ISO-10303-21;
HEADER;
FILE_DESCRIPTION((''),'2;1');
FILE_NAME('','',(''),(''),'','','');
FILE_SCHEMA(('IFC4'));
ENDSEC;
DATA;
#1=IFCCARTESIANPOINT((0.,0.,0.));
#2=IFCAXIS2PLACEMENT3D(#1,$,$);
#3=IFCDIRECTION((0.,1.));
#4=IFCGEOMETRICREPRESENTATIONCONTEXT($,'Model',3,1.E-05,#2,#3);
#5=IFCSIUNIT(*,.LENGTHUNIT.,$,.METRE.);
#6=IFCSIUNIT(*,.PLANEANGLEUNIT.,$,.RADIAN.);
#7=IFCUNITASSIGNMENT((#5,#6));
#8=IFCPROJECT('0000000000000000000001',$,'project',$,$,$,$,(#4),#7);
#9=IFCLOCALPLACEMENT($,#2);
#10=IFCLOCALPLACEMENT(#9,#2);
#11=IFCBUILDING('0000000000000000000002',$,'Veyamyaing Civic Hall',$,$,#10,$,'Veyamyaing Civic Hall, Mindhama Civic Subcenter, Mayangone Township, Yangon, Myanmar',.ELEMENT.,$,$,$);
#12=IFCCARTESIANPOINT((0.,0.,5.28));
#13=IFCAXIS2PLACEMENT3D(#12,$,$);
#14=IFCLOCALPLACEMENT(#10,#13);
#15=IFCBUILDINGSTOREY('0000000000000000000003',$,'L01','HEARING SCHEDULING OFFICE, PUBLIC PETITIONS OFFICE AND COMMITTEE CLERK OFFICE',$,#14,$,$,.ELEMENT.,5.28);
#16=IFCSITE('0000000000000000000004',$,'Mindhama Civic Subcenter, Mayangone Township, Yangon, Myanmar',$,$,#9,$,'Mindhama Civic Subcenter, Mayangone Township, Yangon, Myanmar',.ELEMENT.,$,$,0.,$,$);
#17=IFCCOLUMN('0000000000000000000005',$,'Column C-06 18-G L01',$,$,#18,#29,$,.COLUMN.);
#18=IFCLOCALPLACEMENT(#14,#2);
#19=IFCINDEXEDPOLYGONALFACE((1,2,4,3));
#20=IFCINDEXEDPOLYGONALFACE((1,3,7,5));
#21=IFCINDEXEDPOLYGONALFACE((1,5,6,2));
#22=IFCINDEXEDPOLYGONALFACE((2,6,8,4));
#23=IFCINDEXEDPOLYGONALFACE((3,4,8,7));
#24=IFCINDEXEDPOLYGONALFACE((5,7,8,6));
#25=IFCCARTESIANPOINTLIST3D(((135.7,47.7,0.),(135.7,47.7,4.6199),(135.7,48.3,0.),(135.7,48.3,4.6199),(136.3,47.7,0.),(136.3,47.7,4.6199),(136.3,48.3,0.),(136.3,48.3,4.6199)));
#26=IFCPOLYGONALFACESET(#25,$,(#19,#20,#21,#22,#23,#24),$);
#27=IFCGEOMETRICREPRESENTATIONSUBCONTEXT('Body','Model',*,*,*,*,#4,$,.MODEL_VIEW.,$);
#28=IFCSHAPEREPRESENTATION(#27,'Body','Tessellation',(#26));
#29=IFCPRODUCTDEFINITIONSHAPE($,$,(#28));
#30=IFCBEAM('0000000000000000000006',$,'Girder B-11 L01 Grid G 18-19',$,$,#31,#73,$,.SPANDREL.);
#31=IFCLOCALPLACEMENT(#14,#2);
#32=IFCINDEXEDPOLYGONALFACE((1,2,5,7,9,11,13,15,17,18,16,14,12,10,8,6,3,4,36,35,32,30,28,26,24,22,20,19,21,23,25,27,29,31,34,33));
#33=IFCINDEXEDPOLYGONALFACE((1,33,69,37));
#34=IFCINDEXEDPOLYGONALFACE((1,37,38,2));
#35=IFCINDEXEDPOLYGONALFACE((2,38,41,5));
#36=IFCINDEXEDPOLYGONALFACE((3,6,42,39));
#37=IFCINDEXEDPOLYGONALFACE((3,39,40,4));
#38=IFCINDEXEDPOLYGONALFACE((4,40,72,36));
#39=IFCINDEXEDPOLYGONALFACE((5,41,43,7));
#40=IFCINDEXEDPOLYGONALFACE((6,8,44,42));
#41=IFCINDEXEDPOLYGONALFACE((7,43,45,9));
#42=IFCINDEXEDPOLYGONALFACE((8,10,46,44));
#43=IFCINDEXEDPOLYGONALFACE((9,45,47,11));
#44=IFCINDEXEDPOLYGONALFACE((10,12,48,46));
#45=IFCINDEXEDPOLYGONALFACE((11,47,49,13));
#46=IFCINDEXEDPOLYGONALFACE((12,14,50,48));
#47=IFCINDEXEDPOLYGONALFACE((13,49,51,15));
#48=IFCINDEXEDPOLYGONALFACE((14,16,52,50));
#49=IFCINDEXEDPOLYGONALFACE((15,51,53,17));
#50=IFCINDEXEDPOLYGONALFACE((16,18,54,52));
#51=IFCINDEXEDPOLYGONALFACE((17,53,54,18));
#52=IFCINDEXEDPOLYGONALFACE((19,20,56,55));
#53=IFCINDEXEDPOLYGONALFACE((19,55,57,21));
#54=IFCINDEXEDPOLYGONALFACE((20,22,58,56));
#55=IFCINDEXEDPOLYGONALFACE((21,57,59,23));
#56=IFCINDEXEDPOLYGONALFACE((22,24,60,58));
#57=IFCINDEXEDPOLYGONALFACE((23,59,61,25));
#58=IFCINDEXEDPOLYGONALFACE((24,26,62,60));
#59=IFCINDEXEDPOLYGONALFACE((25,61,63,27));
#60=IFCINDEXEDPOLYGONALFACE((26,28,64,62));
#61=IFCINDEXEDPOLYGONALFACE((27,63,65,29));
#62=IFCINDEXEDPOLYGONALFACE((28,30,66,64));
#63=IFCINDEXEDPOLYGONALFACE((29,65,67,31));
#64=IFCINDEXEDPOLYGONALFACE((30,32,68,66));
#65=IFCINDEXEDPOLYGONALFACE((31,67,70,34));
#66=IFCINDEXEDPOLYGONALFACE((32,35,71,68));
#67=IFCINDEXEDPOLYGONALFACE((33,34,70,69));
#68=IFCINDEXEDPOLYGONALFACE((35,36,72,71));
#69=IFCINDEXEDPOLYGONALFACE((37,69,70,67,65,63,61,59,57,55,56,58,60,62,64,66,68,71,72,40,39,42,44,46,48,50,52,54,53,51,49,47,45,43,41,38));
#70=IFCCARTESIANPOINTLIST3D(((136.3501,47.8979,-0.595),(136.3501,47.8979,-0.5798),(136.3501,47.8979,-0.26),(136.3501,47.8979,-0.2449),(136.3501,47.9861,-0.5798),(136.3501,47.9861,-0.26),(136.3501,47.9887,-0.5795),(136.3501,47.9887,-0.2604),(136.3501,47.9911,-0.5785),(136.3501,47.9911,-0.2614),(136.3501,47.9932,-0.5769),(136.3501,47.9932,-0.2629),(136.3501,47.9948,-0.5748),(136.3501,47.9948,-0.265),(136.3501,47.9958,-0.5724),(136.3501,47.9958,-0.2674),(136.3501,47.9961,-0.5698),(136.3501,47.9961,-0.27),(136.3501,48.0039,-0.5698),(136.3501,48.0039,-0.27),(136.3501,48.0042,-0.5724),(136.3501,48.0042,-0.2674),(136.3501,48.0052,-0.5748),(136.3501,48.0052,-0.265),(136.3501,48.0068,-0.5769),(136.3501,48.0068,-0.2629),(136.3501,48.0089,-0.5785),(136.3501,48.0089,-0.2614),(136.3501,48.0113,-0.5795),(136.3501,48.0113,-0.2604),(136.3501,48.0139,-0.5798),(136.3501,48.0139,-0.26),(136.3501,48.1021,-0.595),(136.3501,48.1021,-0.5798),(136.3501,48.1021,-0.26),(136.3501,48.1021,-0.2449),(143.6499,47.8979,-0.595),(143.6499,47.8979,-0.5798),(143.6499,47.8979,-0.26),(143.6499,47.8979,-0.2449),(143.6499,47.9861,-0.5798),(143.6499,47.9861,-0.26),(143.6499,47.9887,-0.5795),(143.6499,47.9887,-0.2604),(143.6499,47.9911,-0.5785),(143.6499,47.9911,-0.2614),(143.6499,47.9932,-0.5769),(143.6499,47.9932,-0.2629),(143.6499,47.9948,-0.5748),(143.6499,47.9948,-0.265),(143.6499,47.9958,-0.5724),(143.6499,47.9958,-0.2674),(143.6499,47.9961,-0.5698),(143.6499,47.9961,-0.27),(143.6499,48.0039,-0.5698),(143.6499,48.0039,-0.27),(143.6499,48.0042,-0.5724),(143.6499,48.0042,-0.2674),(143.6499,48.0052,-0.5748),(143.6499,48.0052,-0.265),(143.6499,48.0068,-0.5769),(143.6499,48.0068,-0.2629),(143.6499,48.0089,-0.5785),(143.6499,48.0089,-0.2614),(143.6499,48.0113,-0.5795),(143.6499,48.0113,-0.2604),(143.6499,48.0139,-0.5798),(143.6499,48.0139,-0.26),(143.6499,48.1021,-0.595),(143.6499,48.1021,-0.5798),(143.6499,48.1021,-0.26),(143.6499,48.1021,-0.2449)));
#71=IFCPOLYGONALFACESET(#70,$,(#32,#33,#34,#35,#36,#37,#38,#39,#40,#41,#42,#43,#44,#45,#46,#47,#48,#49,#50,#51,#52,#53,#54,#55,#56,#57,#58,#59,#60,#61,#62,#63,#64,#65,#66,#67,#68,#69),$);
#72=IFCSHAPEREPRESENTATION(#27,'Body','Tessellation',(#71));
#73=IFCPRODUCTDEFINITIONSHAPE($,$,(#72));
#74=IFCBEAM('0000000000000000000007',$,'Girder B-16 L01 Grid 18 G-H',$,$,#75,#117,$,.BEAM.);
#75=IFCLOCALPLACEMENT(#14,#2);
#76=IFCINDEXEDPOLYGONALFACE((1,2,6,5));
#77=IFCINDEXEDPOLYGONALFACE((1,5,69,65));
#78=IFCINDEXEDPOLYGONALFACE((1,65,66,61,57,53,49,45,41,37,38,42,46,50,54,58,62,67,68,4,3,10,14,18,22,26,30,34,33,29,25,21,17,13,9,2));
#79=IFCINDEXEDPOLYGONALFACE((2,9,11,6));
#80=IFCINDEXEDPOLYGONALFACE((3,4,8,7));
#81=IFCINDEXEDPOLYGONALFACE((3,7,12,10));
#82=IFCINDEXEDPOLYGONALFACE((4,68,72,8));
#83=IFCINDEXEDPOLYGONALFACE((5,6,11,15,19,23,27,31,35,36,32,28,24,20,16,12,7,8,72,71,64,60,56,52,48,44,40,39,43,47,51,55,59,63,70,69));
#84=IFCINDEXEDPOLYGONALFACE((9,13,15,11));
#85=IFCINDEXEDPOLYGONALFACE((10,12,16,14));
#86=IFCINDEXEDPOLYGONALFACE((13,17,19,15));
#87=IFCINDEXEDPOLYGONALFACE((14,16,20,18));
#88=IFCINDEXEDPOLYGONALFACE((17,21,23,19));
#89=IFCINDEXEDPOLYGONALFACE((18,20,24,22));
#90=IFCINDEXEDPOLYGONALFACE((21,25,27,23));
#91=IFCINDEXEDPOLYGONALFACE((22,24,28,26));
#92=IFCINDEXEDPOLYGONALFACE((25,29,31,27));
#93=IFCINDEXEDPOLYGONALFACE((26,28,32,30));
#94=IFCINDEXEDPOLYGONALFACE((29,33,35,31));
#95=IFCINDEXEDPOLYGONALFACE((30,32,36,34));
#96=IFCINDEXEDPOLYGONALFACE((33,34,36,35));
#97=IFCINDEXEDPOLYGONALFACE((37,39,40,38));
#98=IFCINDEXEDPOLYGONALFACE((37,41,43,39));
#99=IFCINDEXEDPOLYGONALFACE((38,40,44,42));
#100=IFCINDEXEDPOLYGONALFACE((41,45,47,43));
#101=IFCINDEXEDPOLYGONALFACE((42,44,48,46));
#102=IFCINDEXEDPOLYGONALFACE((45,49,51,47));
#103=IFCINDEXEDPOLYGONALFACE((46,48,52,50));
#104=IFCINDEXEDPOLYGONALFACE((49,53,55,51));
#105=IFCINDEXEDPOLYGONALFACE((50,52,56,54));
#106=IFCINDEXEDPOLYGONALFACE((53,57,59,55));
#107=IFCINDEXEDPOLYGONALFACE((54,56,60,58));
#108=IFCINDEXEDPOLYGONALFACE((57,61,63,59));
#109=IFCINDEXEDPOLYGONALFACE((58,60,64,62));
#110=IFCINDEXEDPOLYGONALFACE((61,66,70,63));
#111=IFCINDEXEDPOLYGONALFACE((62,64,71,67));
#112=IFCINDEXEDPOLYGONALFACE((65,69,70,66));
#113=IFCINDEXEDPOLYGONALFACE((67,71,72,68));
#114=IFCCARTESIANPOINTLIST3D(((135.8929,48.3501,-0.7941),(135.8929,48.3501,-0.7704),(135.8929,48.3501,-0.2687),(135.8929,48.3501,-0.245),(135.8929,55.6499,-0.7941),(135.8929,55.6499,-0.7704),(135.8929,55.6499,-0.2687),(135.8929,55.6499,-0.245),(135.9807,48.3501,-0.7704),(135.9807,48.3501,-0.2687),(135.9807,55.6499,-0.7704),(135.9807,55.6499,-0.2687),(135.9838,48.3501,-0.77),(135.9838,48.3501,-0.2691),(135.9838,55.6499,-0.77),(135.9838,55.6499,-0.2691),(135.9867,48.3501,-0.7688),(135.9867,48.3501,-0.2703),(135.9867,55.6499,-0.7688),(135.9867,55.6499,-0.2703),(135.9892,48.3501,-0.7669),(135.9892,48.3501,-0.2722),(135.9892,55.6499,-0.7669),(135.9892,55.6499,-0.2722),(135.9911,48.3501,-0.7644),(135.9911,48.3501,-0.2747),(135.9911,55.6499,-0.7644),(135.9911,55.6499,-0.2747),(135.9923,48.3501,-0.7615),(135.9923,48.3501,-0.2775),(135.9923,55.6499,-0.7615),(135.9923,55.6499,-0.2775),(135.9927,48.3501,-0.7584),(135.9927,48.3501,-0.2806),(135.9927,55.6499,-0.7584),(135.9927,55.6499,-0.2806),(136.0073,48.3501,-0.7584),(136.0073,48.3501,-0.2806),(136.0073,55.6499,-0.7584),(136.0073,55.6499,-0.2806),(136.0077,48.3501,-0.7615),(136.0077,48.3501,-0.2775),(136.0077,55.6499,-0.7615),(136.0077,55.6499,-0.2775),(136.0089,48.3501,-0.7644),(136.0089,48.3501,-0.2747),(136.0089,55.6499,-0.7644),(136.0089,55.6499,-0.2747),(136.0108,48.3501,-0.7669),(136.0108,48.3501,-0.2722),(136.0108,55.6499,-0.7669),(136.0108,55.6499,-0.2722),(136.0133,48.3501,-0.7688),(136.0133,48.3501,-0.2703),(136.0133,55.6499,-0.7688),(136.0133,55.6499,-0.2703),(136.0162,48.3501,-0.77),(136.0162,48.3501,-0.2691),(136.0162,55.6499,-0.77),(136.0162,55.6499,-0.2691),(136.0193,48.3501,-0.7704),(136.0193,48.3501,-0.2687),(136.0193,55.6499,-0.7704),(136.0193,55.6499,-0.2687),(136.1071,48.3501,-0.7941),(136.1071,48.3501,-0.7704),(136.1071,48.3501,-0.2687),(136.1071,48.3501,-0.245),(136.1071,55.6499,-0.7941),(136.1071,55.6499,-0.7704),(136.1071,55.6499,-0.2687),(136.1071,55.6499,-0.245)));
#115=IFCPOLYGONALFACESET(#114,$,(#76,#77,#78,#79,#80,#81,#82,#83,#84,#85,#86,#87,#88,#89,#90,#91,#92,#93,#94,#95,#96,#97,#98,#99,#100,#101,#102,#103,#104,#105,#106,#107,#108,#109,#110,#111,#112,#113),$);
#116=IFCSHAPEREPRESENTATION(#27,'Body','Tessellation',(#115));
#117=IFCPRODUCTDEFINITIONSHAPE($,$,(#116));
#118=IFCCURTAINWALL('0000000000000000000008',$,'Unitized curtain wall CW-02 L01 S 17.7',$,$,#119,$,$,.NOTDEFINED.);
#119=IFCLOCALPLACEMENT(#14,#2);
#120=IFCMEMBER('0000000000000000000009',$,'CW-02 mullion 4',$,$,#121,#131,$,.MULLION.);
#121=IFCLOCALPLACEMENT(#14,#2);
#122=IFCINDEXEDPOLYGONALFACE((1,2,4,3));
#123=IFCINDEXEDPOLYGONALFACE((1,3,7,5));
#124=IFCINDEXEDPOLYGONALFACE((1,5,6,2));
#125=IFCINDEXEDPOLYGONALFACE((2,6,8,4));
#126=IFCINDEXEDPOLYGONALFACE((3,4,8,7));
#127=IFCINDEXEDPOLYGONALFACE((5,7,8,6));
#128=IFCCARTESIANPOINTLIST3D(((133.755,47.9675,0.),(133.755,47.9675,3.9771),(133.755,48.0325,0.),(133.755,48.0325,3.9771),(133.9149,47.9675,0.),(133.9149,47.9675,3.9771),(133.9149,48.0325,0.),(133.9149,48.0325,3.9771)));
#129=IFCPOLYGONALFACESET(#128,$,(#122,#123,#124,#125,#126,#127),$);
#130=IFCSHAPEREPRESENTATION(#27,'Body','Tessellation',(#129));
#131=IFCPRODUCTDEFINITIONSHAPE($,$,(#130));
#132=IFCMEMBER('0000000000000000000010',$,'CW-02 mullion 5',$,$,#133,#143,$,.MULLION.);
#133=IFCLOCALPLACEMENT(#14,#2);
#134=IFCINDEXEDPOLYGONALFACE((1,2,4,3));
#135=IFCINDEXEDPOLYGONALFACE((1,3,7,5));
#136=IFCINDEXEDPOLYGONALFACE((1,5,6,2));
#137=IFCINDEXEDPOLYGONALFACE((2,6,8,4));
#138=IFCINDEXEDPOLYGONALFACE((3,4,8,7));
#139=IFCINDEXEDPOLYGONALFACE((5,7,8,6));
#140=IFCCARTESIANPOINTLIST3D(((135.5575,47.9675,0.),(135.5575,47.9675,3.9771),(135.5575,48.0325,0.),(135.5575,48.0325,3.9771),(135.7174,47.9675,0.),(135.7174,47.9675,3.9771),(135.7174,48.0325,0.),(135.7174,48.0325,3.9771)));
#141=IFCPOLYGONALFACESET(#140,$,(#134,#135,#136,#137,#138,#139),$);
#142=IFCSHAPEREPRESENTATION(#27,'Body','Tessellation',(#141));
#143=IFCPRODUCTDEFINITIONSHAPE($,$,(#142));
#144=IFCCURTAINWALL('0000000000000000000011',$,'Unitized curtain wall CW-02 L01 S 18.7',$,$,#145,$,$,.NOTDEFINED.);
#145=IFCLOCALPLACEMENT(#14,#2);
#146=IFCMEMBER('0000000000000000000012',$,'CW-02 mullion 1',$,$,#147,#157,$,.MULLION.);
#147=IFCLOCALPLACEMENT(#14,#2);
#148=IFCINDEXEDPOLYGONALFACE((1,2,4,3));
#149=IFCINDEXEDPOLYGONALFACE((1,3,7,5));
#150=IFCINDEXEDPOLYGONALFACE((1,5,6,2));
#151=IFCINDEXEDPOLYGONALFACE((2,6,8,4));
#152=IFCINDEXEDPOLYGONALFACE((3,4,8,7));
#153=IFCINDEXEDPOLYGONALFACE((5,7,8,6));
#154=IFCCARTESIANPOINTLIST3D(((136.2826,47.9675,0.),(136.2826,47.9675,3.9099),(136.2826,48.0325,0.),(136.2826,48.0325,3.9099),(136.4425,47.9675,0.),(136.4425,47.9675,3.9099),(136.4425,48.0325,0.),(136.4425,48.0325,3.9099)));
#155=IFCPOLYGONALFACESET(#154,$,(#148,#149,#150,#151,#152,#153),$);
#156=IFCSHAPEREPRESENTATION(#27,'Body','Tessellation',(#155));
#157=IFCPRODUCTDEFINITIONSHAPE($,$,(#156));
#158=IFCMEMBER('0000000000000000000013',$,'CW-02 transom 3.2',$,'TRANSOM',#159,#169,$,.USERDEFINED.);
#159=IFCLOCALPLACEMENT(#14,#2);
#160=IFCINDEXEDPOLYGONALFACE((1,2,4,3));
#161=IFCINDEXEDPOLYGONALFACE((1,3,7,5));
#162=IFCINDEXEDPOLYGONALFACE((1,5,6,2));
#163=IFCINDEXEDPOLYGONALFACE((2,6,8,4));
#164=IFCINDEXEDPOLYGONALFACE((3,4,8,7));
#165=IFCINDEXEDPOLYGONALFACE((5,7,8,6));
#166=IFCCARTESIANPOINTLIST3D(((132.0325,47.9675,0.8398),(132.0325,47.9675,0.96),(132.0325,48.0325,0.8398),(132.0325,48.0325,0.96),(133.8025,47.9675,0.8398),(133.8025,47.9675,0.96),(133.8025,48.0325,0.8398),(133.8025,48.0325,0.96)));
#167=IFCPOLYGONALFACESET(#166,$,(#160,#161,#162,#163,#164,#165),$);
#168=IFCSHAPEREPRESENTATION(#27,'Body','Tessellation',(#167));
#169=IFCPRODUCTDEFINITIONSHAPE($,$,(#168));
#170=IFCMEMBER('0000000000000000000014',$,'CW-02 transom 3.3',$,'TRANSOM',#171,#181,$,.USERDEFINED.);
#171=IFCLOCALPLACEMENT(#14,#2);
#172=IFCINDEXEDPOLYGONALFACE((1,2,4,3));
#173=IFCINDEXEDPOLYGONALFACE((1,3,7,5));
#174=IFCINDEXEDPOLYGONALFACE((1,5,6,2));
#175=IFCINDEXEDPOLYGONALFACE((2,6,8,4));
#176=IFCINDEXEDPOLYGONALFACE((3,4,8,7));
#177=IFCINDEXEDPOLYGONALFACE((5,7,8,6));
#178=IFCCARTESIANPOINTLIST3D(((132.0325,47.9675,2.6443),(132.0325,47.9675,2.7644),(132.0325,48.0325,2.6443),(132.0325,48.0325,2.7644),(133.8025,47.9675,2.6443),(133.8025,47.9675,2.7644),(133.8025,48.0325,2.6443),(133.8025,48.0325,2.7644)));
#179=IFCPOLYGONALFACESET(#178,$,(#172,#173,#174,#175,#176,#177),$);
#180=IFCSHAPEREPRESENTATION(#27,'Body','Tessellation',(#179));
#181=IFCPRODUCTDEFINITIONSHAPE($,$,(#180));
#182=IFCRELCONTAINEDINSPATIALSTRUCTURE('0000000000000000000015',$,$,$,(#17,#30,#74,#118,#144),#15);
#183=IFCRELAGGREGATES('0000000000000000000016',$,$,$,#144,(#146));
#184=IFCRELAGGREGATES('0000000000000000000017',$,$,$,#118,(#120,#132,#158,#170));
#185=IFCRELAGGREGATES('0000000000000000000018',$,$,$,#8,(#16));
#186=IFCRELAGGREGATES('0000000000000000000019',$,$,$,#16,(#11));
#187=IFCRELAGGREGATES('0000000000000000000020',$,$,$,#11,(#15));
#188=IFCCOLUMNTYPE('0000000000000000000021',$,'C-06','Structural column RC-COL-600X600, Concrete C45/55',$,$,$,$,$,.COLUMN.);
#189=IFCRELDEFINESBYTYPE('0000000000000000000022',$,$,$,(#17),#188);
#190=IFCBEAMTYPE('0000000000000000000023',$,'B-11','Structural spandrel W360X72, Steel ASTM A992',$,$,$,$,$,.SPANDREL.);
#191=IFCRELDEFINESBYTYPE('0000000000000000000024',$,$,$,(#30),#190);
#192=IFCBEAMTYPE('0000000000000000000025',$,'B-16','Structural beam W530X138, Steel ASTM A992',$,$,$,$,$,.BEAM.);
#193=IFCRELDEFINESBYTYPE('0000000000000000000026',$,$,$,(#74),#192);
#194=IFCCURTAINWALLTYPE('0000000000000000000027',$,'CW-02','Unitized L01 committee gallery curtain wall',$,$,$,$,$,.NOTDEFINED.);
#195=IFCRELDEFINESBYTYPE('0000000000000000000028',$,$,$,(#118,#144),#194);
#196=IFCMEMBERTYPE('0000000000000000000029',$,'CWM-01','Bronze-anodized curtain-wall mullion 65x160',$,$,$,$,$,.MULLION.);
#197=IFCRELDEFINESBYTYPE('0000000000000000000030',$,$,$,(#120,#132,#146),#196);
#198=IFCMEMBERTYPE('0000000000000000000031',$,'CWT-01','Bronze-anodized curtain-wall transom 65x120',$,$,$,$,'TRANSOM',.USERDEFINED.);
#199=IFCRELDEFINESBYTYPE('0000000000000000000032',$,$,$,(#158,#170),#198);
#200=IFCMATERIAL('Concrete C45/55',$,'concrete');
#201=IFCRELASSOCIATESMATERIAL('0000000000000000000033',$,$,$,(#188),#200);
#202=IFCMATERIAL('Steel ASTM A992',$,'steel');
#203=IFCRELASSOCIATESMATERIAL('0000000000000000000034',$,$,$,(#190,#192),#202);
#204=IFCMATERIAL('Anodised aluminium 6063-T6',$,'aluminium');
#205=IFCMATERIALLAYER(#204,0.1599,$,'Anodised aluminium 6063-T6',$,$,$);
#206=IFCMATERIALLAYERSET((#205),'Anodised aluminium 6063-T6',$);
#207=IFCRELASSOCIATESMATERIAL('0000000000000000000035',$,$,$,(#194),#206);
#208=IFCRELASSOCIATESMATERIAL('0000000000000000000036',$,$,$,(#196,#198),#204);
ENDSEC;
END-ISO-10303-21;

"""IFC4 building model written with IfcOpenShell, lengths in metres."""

from ifc_helpers import new_model, si_unit, direction, frame, origin, origin_2d, place, context, subcontext, project, spatial, rectangle, i_section, extrude, material, layer, layer_set, material_profile, profile_set, type_object, element, aggregate, save


model = new_model("IFC4")

# Units and contexts
model_context = context("Model", 3, precision=1e-05, world=origin(), true_north=direction((0.0, 1.0)))
body_context = subcontext(model_context, "Body", "Model", "MODEL_VIEW")
ifc_project = project(units=[si_unit("LENGTHUNIT", "METRE"), si_unit("PLANEANGLEUNIT", "RADIAN")], contexts=[model_context])

# Site, building, storey
site_placement = place(None, origin())
site = spatial("IfcSite", under=ifc_project, at=site_placement, Name="Mindhama Civic Subcenter, Mayangone Township, Yangon, Myanmar", LongName="Mindhama Civic Subcenter, Mayangone Township, Yangon, Myanmar", CompositionType="ELEMENT", RefElevation=0.0)
building_placement = place(site_placement, origin())
building = spatial("IfcBuilding", under=site, at=building_placement, Name="Veyamyaing Civic Hall", LongName="Veyamyaing Civic Hall, Mindhama Civic Subcenter, Mayangone Township, Yangon, Myanmar", CompositionType="ELEMENT")
storey_placement = place(building_placement, frame((0.0, 0.0, 5.28)))
storey = spatial("IfcBuildingStorey", under=building, at=storey_placement, Name="L01", Description="HEARING SCHEDULING OFFICE, PUBLIC PETITIONS OFFICE AND COMMITTEE CLERK OFFICE", CompositionType="ELEMENT", Elevation=5.28)

# Column
ifc_material_1 = material(Name="Concrete C45/55", Category="concrete")
ifc_material_profile_1 = material_profile(ifc_material_1, rectangle(XDim=0.6001, YDim=0.6001, at=origin_2d()), Name="RC-COL-600X600")
ifc_profile_set_1 = profile_set([ifc_material_profile_1], Name="Concrete C45/55")
column_type = type_object("IfcColumnType", Name="C-06", Description="Structural column RC-COL-600X600, Concrete C45/55", PredefinedType="COLUMN", material=ifc_profile_set_1)
column_placement = place(storey_placement, frame((136.0, 48.0, 0.0), z_axis=(0.0, 0.0, 1.0), x_axis=(1.0, 0.0, 0.0)))
element("IfcColumn", 1, at=column_placement, inside=storey, type_object=column_type, Name="Column C-06 18-G L01", PredefinedType="COLUMN", context=body_context, shape_type="SweptSolid", body=[
    extrude(rectangle(XDim=0.6001, YDim=0.6001, at=origin_2d()), origin(), (0.0, 0.0, 1.0), 4.6199),
])

# Beams
ifc_material_2 = material(Name="Steel ASTM A992", Category="steel")
ifc_material_profile_2 = material_profile(ifc_material_2, i_section(OverallWidth=0.2041, OverallDepth=0.3501, WebThickness=0.0078, FlangeThickness=0.0151, FilletRadius=0.01, at=origin_2d()), Name="W360X72")
ifc_profile_set_2 = profile_set([ifc_material_profile_2], Name="Steel ASTM A992")
beam_type_1 = type_object("IfcBeamType", Name="B-11", Description="Structural spandrel W360X72, Steel ASTM A992", PredefinedType="SPANDREL", material=ifc_profile_set_2)
beam_1_placement = place(storey_placement, frame((136.3501, 48.0, -0.4199), z_axis=(1.0, 0.0, 0.0), x_axis=(0.0, 1.0, 0.0)))
element("IfcBeam", 2, at=beam_1_placement, inside=storey, type_object=beam_type_1, Name="Girder B-11 L01 Grid G 18-19", PredefinedType="SPANDREL", context=body_context, shape_type="SweptSolid", body=[
    extrude(i_section(OverallWidth=0.2041, OverallDepth=0.3501, WebThickness=0.0078, FlangeThickness=0.0151, FilletRadius=0.01, at=origin_2d()), origin(), (0.0, 0.0, 1.0), 7.2998),
])
ifc_material_profile_3 = material_profile(ifc_material_2, i_section(OverallWidth=0.2141, OverallDepth=0.5491, WebThickness=0.0146, FlangeThickness=0.0237, FilletRadius=0.012, at=origin_2d()), Name="W530X138")
ifc_profile_set_3 = profile_set([ifc_material_profile_3], Name="Steel ASTM A992")
beam_type_2 = type_object("IfcBeamType", Name="B-16", Description="Structural beam W530X138, Steel ASTM A992", PredefinedType="BEAM", material=ifc_profile_set_3)
beam_2_placement = place(storey_placement, frame((136.0, 48.3501, -0.5195), z_axis=(0.0, 1.0, 0.0), x_axis=(-1.0, 0.0, 0.0)))
element("IfcBeam", 3, at=beam_2_placement, inside=storey, type_object=beam_type_2, Name="Girder B-16 L01 Grid 18 G-H", PredefinedType="BEAM", context=body_context, shape_type="SweptSolid", body=[
    extrude(i_section(OverallWidth=0.2141, OverallDepth=0.5491, WebThickness=0.0146, FlangeThickness=0.0237, FilletRadius=0.012, at=origin_2d()), origin(), (0.0, 0.0, 1.0), 7.2998),
])

# Curtain wall, members
ifc_material_3 = material(Name="Anodised aluminium 6063-T6", Category="aluminium")
ifc_layer_1 = layer(ifc_material_3, 0.1599, Name="Anodised aluminium 6063-T6")
ifc_layer_set_1 = layer_set([ifc_layer_1], Name="Anodised aluminium 6063-T6")
curtain_wall_type = type_object("IfcCurtainWallType", Name="CW-02", Description="Unitized L01 committee gallery curtain wall", PredefinedType="NOTDEFINED", material=ifc_layer_set_1)
curtain_wall_1_placement = place(storey_placement, origin())
curtain_wall_1 = element("IfcCurtainWall", 4, at=curtain_wall_1_placement, inside=storey, type_object=curtain_wall_type, Name="Unitized curtain wall CW-02 L01 S 17.7", PredefinedType="NOTDEFINED")
ifc_material_profile_4 = material_profile(ifc_material_3, rectangle(XDim=0.0649, YDim=0.1599, at=origin_2d()), Name="ALU-MUL-65X160")
ifc_profile_set_4 = profile_set([ifc_material_profile_4], Name="Anodised aluminium 6063-T6")
member_type_1 = type_object("IfcMemberType", Name="CWM-01", Description="Bronze-anodized curtain-wall mullion 65x160", PredefinedType="MULLION", material=ifc_profile_set_4)
member_1_placement = place(storey_placement, frame((133.835, 48.0, 0.0), z_axis=(0.0, 0.0, 1.0), x_axis=(0.0, 1.0, 0.0)))
member_1 = element("IfcMember", 5, at=member_1_placement, type_object=member_type_1, Name="CW-02 mullion 4", PredefinedType="MULLION", context=body_context, shape_type="SweptSolid", body=[
    extrude(rectangle(XDim=0.0649, YDim=0.1599, at=origin_2d()), origin(), (0.0, 0.0, 1.0), 3.9771),
])
member_2_placement = place(storey_placement, frame((135.6375, 48.0, 0.0), z_axis=(0.0, 0.0, 1.0), x_axis=(0.0, 1.0, 0.0)))
member_2 = element("IfcMember", 6, at=member_2_placement, type_object=member_type_1, Name="CW-02 mullion 5", PredefinedType="MULLION", context=body_context, shape_type="SweptSolid", body=[
    extrude(rectangle(XDim=0.0649, YDim=0.1599, at=origin_2d()), origin(), (0.0, 0.0, 1.0), 3.9771),
])

# Curtain wall, member
curtain_wall_2_placement = place(storey_placement, origin())
curtain_wall_2 = element("IfcCurtainWall", 7, at=curtain_wall_2_placement, inside=storey, type_object=curtain_wall_type, Name="Unitized curtain wall CW-02 L01 S 18.7", PredefinedType="NOTDEFINED")
member_3_placement = place(storey_placement, frame((136.3625, 48.0, 0.0), z_axis=(0.0, 0.0, 1.0), x_axis=(0.0, 1.0, 0.0)))
member_3 = element("IfcMember", 8, at=member_3_placement, type_object=member_type_1, Name="CW-02 mullion 1", PredefinedType="MULLION", context=body_context, shape_type="SweptSolid", body=[
    extrude(rectangle(XDim=0.0649, YDim=0.1599, at=origin_2d()), origin(), (0.0, 0.0, 1.0), 3.9099),
])

# Members
ifc_material_profile_5 = material_profile(ifc_material_3, rectangle(XDim=0.0649, YDim=0.1201, at=origin_2d()), Name="ALU-TRN-65X120")
ifc_profile_set_5 = profile_set([ifc_material_profile_5], Name="Anodised aluminium 6063-T6")
member_type_2 = type_object("IfcMemberType", Name="CWT-01", Description="Bronze-anodized curtain-wall transom 65x120", ElementType="TRANSOM", PredefinedType="USERDEFINED", material=ifc_profile_set_5)
member_4_placement = place(storey_placement, frame((132.0325, 48.0, 0.8999), z_axis=(1.0, 0.0, 0.0), x_axis=(0.0, 1.0, 0.0)))
member_4 = element("IfcMember", 9, at=member_4_placement, type_object=member_type_2, Name="CW-02 transom 3.2", ObjectType="TRANSOM", PredefinedType="USERDEFINED", context=body_context, shape_type="SweptSolid", body=[
    extrude(rectangle(XDim=0.0649, YDim=0.1201, at=origin_2d()), origin(), (0.0, 0.0, 1.0), 1.77),
])
member_5_placement = place(storey_placement, frame((132.0325, 48.0, 2.7043), z_axis=(1.0, 0.0, 0.0), x_axis=(0.0, 1.0, 0.0)))
member_5 = element("IfcMember", 10, at=member_5_placement, type_object=member_type_2, Name="CW-02 transom 3.3", ObjectType="TRANSOM", PredefinedType="USERDEFINED", context=body_context, shape_type="SweptSolid", body=[
    extrude(rectangle(XDim=0.0649, YDim=0.1201, at=origin_2d()), origin(), (0.0, 0.0, 1.0), 1.77),
])
aggregate(curtain_wall_2, [member_3])

aggregate(curtain_wall_1, [member_1, member_2, member_4, member_5])

save(model, "model.ifc")
